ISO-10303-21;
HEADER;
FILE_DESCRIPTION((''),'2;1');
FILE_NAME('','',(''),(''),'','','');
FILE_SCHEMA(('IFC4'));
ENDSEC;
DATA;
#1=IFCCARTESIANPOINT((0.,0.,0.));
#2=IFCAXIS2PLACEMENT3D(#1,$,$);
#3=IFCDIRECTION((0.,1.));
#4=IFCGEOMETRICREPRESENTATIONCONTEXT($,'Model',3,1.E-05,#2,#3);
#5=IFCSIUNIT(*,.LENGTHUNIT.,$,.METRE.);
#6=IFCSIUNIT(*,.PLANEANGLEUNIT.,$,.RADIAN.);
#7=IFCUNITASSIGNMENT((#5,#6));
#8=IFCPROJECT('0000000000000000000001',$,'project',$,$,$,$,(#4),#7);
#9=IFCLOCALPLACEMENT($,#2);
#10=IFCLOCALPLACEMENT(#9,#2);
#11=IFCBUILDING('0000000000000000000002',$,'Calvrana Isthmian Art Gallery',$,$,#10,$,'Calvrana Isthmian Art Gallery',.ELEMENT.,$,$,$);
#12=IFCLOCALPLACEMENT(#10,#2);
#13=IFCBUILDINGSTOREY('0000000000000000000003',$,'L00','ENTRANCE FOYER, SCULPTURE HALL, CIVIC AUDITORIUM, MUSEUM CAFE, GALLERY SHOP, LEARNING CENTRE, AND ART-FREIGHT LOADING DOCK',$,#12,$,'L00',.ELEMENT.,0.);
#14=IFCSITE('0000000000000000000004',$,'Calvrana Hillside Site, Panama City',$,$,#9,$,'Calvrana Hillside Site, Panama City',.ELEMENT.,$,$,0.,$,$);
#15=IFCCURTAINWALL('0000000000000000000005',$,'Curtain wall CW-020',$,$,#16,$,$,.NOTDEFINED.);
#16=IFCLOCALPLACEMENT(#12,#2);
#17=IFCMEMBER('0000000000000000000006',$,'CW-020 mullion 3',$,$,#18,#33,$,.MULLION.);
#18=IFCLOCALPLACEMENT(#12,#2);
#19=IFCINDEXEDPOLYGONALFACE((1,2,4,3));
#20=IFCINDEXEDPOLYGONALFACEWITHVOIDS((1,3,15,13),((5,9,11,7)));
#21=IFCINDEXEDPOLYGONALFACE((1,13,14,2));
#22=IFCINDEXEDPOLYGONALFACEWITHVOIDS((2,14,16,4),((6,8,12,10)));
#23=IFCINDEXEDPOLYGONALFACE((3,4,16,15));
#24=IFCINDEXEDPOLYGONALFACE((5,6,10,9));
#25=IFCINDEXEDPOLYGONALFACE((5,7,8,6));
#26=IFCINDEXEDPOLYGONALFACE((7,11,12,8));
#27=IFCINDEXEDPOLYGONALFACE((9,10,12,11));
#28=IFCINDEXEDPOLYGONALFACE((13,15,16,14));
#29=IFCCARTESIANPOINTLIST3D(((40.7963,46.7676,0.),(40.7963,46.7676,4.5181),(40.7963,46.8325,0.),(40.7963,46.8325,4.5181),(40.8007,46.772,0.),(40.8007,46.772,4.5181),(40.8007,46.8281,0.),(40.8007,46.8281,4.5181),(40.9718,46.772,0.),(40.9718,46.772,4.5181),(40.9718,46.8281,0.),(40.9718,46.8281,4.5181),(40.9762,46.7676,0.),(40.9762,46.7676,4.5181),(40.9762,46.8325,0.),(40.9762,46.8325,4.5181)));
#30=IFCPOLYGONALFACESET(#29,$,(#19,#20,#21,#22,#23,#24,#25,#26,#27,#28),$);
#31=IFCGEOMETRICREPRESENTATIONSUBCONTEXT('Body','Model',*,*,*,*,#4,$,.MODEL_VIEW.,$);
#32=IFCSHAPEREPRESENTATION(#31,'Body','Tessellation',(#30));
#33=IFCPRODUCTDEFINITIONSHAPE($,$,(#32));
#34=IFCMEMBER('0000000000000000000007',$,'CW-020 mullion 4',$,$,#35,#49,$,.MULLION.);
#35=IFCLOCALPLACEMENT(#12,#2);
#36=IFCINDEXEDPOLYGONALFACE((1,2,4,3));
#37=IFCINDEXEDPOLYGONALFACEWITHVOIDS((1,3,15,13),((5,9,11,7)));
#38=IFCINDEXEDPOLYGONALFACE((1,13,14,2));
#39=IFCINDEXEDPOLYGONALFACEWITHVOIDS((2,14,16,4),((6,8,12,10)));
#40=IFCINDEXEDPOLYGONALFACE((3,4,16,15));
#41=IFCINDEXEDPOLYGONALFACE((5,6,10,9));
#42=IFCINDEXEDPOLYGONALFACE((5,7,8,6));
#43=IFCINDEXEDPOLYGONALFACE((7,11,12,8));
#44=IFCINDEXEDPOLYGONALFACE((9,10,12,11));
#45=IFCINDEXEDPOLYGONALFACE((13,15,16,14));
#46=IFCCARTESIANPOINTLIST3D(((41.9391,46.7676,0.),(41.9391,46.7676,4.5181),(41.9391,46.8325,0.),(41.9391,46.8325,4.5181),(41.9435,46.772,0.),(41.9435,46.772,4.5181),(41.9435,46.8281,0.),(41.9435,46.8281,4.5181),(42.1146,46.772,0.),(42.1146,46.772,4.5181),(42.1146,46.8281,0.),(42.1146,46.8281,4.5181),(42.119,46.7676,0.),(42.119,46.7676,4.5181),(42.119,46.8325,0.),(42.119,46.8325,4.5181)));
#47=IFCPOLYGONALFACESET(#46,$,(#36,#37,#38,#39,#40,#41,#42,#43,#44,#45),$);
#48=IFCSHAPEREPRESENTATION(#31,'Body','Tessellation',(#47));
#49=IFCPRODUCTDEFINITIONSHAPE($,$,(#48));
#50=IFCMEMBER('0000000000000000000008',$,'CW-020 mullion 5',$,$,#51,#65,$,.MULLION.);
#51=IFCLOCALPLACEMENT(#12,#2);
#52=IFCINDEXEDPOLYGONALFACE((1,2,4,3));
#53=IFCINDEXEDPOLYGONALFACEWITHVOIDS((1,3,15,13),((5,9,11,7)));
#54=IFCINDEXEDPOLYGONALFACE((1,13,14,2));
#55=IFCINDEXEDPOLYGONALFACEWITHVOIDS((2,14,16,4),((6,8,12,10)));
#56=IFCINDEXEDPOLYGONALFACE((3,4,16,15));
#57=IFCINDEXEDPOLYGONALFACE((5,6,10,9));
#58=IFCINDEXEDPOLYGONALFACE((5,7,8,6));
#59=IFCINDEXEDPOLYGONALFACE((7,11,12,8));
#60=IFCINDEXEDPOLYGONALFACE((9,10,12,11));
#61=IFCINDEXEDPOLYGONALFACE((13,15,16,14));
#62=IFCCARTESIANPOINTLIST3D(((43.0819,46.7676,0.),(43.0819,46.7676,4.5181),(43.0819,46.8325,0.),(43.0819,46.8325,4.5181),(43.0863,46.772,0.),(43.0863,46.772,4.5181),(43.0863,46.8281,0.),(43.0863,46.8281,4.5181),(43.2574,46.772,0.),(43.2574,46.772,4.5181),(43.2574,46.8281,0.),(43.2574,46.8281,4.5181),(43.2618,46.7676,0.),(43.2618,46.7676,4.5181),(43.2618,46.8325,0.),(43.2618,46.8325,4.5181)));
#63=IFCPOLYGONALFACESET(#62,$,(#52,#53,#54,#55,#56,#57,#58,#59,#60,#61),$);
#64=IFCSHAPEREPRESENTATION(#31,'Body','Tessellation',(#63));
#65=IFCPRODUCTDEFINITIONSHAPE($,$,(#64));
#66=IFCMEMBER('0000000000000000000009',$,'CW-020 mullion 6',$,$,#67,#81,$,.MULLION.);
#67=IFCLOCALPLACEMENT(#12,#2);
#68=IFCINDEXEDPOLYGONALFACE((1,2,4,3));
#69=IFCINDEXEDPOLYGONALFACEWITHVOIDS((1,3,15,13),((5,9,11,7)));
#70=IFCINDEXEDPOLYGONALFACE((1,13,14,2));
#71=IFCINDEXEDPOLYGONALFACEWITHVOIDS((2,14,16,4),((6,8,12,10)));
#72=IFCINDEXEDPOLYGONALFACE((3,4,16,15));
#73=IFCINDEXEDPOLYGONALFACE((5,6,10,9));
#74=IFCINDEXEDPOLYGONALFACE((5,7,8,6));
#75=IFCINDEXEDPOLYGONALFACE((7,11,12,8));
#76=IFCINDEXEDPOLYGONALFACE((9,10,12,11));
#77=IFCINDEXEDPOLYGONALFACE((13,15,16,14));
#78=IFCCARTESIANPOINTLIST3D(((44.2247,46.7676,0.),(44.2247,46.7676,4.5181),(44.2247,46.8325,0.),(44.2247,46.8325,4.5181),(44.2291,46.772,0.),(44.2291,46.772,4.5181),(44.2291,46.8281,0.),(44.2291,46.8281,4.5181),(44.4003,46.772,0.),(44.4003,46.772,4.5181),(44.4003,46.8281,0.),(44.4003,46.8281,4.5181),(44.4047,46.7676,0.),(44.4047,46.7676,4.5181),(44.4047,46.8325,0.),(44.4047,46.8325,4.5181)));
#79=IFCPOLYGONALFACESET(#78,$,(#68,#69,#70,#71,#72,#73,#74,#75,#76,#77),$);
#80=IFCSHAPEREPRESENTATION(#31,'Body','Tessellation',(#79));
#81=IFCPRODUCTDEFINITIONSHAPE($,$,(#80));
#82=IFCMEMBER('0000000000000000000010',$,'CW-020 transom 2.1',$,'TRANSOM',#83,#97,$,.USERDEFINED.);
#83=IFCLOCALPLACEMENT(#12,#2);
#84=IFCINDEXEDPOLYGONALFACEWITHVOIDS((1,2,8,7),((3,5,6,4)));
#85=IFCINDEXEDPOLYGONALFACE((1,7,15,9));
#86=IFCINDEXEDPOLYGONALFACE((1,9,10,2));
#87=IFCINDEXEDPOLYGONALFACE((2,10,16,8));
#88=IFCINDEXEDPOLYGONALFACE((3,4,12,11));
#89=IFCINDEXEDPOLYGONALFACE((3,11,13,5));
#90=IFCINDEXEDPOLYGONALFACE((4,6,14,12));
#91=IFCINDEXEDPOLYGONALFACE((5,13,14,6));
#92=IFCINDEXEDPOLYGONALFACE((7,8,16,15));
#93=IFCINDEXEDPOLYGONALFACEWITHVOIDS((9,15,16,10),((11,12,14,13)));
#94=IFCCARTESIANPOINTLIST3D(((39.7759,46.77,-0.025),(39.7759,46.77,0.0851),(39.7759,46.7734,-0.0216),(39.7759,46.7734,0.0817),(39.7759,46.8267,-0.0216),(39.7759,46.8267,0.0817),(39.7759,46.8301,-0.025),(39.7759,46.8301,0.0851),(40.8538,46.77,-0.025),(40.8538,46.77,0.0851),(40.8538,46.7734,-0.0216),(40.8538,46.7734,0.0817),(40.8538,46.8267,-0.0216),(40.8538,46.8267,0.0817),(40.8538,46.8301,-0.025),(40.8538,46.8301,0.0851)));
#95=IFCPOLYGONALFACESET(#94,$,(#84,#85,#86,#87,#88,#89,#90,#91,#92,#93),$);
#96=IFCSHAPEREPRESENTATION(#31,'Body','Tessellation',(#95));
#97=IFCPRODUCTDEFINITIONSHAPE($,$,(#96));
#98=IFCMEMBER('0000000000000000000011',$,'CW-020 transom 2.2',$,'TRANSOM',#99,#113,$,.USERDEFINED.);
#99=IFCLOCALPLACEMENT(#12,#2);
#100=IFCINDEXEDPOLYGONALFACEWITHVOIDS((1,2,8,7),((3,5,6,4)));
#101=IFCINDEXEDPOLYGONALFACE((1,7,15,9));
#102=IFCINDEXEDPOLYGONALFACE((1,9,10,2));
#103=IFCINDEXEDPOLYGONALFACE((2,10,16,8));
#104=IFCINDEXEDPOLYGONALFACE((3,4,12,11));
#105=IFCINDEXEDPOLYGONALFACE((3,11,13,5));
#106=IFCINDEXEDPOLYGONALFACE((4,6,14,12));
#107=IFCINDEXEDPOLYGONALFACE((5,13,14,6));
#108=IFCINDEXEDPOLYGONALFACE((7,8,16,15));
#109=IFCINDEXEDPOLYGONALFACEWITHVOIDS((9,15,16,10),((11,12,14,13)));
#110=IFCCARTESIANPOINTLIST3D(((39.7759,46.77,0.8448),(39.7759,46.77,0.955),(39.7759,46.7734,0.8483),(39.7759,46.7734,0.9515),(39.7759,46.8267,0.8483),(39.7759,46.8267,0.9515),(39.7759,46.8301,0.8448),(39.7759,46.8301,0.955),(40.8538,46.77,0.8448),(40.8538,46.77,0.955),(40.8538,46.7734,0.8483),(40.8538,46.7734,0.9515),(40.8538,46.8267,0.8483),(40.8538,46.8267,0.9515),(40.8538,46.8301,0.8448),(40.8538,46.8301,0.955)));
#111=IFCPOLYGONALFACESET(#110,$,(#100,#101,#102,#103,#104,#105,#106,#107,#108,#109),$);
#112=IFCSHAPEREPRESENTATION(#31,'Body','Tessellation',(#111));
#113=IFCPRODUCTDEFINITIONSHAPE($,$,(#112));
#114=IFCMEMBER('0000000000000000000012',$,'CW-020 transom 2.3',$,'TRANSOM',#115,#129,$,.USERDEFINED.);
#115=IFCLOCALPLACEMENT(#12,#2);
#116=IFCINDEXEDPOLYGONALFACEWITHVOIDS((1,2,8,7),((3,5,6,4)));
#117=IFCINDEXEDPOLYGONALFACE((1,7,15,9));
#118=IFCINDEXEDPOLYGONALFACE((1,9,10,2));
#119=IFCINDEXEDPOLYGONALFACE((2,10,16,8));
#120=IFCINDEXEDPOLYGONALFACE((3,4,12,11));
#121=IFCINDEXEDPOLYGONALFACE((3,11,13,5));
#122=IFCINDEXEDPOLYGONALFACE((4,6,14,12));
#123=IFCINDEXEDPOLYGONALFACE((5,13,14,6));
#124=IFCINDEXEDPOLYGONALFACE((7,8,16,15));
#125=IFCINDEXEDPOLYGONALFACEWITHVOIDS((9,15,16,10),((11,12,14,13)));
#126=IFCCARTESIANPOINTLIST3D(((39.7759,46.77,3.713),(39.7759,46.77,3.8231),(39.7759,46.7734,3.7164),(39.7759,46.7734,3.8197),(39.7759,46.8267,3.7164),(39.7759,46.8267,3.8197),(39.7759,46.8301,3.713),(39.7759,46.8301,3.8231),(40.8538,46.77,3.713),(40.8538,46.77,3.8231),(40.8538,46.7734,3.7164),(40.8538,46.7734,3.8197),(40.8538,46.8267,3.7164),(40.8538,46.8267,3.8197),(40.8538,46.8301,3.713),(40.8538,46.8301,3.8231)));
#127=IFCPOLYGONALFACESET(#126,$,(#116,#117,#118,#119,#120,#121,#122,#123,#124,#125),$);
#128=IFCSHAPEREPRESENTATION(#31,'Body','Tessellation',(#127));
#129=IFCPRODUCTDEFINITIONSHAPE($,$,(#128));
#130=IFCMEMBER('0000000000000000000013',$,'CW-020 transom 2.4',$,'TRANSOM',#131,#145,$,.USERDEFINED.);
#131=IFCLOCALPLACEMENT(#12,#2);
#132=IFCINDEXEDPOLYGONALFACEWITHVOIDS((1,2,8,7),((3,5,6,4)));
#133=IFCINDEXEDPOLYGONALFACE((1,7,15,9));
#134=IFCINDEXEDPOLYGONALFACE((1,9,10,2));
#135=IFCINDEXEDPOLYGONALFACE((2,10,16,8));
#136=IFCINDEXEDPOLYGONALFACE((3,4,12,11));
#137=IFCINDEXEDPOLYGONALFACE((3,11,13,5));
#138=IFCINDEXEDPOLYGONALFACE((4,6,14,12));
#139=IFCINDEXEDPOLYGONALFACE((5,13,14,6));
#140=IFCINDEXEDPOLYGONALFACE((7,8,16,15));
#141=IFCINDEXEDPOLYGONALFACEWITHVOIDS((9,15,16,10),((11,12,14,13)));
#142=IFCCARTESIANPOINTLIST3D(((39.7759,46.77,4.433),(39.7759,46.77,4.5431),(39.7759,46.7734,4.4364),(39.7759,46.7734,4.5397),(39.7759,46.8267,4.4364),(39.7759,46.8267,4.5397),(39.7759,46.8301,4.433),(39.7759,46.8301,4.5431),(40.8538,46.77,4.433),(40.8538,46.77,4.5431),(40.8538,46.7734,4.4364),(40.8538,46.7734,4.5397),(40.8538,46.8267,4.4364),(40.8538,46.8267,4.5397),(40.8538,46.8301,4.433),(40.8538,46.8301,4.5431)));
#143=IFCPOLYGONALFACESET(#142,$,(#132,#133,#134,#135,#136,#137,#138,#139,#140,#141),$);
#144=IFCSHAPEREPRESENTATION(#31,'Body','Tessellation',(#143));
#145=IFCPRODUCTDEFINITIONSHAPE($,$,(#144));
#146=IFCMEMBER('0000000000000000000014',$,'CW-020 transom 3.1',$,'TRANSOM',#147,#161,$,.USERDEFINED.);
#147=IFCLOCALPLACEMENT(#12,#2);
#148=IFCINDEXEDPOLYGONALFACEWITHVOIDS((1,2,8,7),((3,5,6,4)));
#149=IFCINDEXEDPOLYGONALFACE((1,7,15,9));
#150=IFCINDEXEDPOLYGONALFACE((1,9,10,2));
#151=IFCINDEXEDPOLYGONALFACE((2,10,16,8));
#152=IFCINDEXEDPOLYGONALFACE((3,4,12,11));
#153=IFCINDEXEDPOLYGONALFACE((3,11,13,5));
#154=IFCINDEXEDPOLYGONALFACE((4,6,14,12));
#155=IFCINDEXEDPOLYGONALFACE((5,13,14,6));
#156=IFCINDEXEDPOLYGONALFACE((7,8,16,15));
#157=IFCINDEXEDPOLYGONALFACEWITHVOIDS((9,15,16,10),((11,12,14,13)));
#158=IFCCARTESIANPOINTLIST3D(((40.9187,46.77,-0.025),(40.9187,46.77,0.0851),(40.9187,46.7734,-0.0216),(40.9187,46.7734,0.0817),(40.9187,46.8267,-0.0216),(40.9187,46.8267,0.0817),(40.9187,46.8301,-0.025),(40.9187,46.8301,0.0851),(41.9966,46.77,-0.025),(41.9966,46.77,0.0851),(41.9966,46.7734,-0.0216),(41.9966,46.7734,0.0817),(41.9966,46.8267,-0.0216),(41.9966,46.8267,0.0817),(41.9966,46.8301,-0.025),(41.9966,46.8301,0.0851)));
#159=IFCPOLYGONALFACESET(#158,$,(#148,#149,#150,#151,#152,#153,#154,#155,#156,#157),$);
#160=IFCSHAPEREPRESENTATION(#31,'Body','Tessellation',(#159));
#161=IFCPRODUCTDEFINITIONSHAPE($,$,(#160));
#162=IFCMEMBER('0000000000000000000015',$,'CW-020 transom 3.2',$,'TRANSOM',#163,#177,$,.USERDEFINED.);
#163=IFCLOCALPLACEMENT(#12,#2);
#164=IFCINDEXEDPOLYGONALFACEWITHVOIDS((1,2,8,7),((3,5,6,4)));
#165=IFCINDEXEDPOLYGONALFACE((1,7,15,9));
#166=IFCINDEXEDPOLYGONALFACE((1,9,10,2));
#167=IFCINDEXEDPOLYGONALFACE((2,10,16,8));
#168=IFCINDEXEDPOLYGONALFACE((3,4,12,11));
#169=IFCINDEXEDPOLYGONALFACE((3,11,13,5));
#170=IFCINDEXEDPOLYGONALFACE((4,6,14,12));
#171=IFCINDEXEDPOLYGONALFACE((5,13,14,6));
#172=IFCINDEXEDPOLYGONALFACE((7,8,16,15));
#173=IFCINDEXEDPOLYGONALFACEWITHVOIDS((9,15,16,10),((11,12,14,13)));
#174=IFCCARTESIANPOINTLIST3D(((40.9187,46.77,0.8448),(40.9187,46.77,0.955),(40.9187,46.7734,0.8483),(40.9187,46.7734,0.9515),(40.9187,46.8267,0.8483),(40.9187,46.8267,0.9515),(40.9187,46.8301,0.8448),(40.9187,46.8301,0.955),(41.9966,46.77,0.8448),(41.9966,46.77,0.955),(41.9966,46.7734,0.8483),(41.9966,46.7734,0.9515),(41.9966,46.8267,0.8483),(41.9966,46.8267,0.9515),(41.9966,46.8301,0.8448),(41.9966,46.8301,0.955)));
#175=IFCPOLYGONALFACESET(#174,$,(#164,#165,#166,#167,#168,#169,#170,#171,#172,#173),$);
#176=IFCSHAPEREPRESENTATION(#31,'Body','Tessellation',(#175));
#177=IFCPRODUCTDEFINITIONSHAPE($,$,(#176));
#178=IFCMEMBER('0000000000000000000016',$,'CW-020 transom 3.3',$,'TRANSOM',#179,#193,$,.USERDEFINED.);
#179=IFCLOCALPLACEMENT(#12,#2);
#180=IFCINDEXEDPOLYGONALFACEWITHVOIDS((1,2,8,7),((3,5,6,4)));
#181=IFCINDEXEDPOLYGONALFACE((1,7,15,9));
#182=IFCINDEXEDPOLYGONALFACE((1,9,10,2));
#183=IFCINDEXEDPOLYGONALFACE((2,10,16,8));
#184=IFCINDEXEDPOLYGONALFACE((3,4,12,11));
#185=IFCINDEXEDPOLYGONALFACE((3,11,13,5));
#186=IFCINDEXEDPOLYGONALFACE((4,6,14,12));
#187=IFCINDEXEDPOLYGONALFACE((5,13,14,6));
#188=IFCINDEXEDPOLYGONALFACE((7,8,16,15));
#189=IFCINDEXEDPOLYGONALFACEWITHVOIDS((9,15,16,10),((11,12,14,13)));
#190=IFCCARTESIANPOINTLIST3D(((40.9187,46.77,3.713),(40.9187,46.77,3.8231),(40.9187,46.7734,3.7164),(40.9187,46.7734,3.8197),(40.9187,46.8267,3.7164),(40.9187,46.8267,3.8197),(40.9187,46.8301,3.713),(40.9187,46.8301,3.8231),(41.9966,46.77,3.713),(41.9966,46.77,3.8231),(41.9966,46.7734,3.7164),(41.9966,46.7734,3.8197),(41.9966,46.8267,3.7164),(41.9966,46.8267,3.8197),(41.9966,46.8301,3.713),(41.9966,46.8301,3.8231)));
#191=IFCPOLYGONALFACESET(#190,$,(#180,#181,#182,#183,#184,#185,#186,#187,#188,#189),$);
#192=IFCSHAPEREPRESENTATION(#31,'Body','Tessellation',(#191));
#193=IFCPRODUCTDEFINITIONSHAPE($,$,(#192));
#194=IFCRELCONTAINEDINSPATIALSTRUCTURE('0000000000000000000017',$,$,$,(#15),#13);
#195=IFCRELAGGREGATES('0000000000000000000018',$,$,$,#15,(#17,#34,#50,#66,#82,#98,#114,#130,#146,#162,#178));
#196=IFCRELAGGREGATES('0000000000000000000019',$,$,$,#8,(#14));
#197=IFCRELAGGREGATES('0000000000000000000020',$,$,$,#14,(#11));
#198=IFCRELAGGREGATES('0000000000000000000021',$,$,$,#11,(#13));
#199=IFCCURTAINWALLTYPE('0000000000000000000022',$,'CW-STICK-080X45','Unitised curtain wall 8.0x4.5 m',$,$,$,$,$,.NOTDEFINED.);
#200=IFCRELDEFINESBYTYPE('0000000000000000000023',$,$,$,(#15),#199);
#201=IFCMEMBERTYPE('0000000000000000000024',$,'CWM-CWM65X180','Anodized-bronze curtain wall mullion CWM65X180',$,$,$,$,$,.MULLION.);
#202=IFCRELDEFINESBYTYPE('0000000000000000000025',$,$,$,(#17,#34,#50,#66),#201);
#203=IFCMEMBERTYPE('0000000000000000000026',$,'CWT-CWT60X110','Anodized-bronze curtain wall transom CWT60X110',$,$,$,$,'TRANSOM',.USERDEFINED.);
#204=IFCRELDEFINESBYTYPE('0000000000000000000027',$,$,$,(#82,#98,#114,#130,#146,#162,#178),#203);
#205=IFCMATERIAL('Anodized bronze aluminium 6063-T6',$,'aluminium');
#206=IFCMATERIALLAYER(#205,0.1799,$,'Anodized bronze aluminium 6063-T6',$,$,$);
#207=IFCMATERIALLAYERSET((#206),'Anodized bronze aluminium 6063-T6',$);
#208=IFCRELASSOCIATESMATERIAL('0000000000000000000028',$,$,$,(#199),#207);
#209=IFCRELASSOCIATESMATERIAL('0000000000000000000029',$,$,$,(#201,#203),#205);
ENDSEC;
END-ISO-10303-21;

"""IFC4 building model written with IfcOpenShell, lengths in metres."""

from ifc_helpers import new_model, si_unit, direction, frame, origin, origin_2d, place, context, subcontext, project, spatial, hollow_rectangle, extrude, material, layer, layer_set, material_profile, profile_set, type_object, element, aggregate, save


model = new_model("IFC4")

# Units and contexts
model_context = context("Model", 3, precision=1e-05, world=origin(), true_north=direction((0.0, 1.0)))
body_context = subcontext(model_context, "Body", "Model", "MODEL_VIEW")
ifc_project = project(units=[si_unit("LENGTHUNIT", "METRE"), si_unit("PLANEANGLEUNIT", "RADIAN")], contexts=[model_context])

# Site, building, storey
site_placement = place(None, origin())
site = spatial("IfcSite", under=ifc_project, at=site_placement, Name="Calvrana Hillside Site, Panama City", LongName="Calvrana Hillside Site, Panama City", CompositionType="ELEMENT", RefElevation=0.0)
building_placement = place(site_placement, origin())
building = spatial("IfcBuilding", under=site, at=building_placement, Name="Calvrana Isthmian Art Gallery", LongName="Calvrana Isthmian Art Gallery", CompositionType="ELEMENT")
storey_placement = place(building_placement, origin())
storey = spatial("IfcBuildingStorey", under=building, at=storey_placement, Name="L00", Description="ENTRANCE FOYER, SCULPTURE HALL, CIVIC AUDITORIUM, MUSEUM CAFE, GALLERY SHOP, LEARNING CENTRE, AND ART-FREIGHT LOADING DOCK", LongName="L00", CompositionType="ELEMENT", Elevation=0.0)

# Curtain wall, members
ifc_material_1 = material(Name="Anodized bronze aluminium 6063-T6", Category="aluminium")
ifc_layer_1 = layer(ifc_material_1, 0.1799, Name="Anodized bronze aluminium 6063-T6")
ifc_layer_set_1 = layer_set([ifc_layer_1], Name="Anodized bronze aluminium 6063-T6")
curtain_wall_type = type_object("IfcCurtainWallType", Name="CW-STICK-080X45", Description="Unitised curtain wall 8.0x4.5 m", PredefinedType="NOTDEFINED", material=ifc_layer_set_1)
curtain_wall_placement = place(storey_placement, origin())
curtain_wall = element("IfcCurtainWall", 1, at=curtain_wall_placement, inside=storey, type_object=curtain_wall_type, Name="Curtain wall CW-020", PredefinedType="NOTDEFINED")
ifc_material_profile_1 = material_profile(ifc_material_1, hollow_rectangle(XDim=0.0649, YDim=0.1799, WallThickness=0.0044, at=origin_2d()), Name="CWM65X180")
ifc_profile_set_1 = profile_set([ifc_material_profile_1], Name="Anodized bronze aluminium 6063-T6")
member_type_1 = type_object("IfcMemberType", Name="CWM-CWM65X180", Description="Anodized-bronze curtain wall mullion CWM65X180", PredefinedType="MULLION", material=ifc_profile_set_1)
member_1_placement = place(storey_placement, frame((40.8862, 46.8, 0.0), z_axis=(0.0, 0.0, 1.0), x_axis=(0.0, 1.0, 0.0)))
member_1 = element("IfcMember", 2, at=member_1_placement, type_object=member_type_1, Name="CW-020 mullion 3", PredefinedType="MULLION", context=body_context, shape_type="SweptSolid", body=[
    extrude(hollow_rectangle(XDim=0.0649, YDim=0.1799, WallThickness=0.0044, at=origin_2d()), origin(), (0.0, 0.0, 1.0), 4.5181),
])
member_2_placement = place(storey_placement, frame((42.0291, 46.8, 0.0), z_axis=(0.0, 0.0, 1.0), x_axis=(0.0, 1.0, 0.0)))
member_2 = element("IfcMember", 3, at=member_2_placement, type_object=member_type_1, Name="CW-020 mullion 4", PredefinedType="MULLION", context=body_context, shape_type="SweptSolid", body=[
    extrude(hollow_rectangle(XDim=0.0649, YDim=0.1799, WallThickness=0.0044, at=origin_2d()), origin(), (0.0, 0.0, 1.0), 4.5181),
])
member_3_placement = place(storey_placement, frame((43.1719, 46.8, 0.0), z_axis=(0.0, 0.0, 1.0), x_axis=(0.0, 1.0, 0.0)))
member_3 = element("IfcMember", 4, at=member_3_placement, type_object=member_type_1, Name="CW-020 mullion 5", PredefinedType="MULLION", context=body_context, shape_type="SweptSolid", body=[
    extrude(hollow_rectangle(XDim=0.0649, YDim=0.1799, WallThickness=0.0044, at=origin_2d()), origin(), (0.0, 0.0, 1.0), 4.5181),
])
member_4_placement = place(storey_placement, frame((44.3147, 46.8, 0.0), z_axis=(0.0, 0.0, 1.0), x_axis=(0.0, 1.0, 0.0)))
member_4 = element("IfcMember", 5, at=member_4_placement, type_object=member_type_1, Name="CW-020 mullion 6", PredefinedType="MULLION", context=body_context, shape_type="SweptSolid", body=[
    extrude(hollow_rectangle(XDim=0.0649, YDim=0.1799, WallThickness=0.0044, at=origin_2d()), origin(), (0.0, 0.0, 1.0), 4.5181),
])
ifc_material_profile_2 = material_profile(ifc_material_1, hollow_rectangle(XDim=0.0601, YDim=0.1101, WallThickness=0.0034, at=origin_2d()), Name="CWT60X110")
ifc_profile_set_2 = profile_set([ifc_material_profile_2], Name="Anodized bronze aluminium 6063-T6")
member_type_2 = type_object("IfcMemberType", Name="CWT-CWT60X110", Description="Anodized-bronze curtain wall transom CWT60X110", ElementType="TRANSOM", PredefinedType="USERDEFINED", material=ifc_profile_set_2)
member_5_placement = place(storey_placement, frame((39.7759, 46.8, 0.03), z_axis=(1.0, 0.0, 0.0), x_axis=(0.0, 1.0, 0.0)))
member_5 = element("IfcMember", 6, at=member_5_placement, type_object=member_type_2, Name="CW-020 transom 2.1", ObjectType="TRANSOM", PredefinedType="USERDEFINED", context=body_context, shape_type="SweptSolid", body=[
    extrude(hollow_rectangle(XDim=0.0601, YDim=0.1101, WallThickness=0.0034, at=origin_2d()), origin(), (0.0, 0.0, 1.0), 1.0779),
])
member_6_placement = place(storey_placement, frame((39.7759, 46.8, 0.8999), z_axis=(1.0, 0.0, 0.0), x_axis=(0.0, 1.0, 0.0)))
member_6 = element("IfcMember", 7, at=member_6_placement, type_object=member_type_2, Name="CW-020 transom 2.2", ObjectType="TRANSOM", PredefinedType="USERDEFINED", context=body_context, shape_type="SweptSolid", body=[
    extrude(hollow_rectangle(XDim=0.0601, YDim=0.1101, WallThickness=0.0034, at=origin_2d()), origin(), (0.0, 0.0, 1.0), 1.0779),
])
member_7_placement = place(storey_placement, frame((39.7759, 46.8, 3.7681), z_axis=(1.0, 0.0, 0.0), x_axis=(0.0, 1.0, 0.0)))
member_7 = element("IfcMember", 8, at=member_7_placement, type_object=member_type_2, Name="CW-020 transom 2.3", ObjectType="TRANSOM", PredefinedType="USERDEFINED", context=body_context, shape_type="SweptSolid", body=[
    extrude(hollow_rectangle(XDim=0.0601, YDim=0.1101, WallThickness=0.0034, at=origin_2d()), origin(), (0.0, 0.0, 1.0), 1.0779),
])
member_8_placement = place(storey_placement, frame((39.7759, 46.8, 4.488), z_axis=(1.0, 0.0, 0.0), x_axis=(0.0, 1.0, 0.0)))
member_8 = element("IfcMember", 9, at=member_8_placement, type_object=member_type_2, Name="CW-020 transom 2.4", ObjectType="TRANSOM", PredefinedType="USERDEFINED", context=body_context, shape_type="SweptSolid", body=[
    extrude(hollow_rectangle(XDim=0.0601, YDim=0.1101, WallThickness=0.0034, at=origin_2d()), origin(), (0.0, 0.0, 1.0), 1.0779),
])
member_9_placement = place(storey_placement, frame((40.9187, 46.8, 0.03), z_axis=(1.0, 0.0, 0.0), x_axis=(0.0, 1.0, 0.0)))
member_9 = element("IfcMember", 10, at=member_9_placement, type_object=member_type_2, Name="CW-020 transom 3.1", ObjectType="TRANSOM", PredefinedType="USERDEFINED", context=body_context, shape_type="SweptSolid", body=[
    extrude(hollow_rectangle(XDim=0.0601, YDim=0.1101, WallThickness=0.0034, at=origin_2d()), origin(), (0.0, 0.0, 1.0), 1.0779),
])
member_10_placement = place(storey_placement, frame((40.9187, 46.8, 0.8999), z_axis=(1.0, 0.0, 0.0), x_axis=(0.0, 1.0, 0.0)))
member_10 = element("IfcMember", 11, at=member_10_placement, type_object=member_type_2, Name="CW-020 transom 3.2", ObjectType="TRANSOM", PredefinedType="USERDEFINED", context=body_context, shape_type="SweptSolid", body=[
    extrude(hollow_rectangle(XDim=0.0601, YDim=0.1101, WallThickness=0.0034, at=origin_2d()), origin(), (0.0, 0.0, 1.0), 1.0779),
])
member_11_placement = place(storey_placement, frame((40.9187, 46.8, 3.7681), z_axis=(1.0, 0.0, 0.0), x_axis=(0.0, 1.0, 0.0)))
member_11 = element("IfcMember", 12, at=member_11_placement, type_object=member_type_2, Name="CW-020 transom 3.3", ObjectType="TRANSOM", PredefinedType="USERDEFINED", context=body_context, shape_type="SweptSolid", body=[
    extrude(hollow_rectangle(XDim=0.0601, YDim=0.1101, WallThickness=0.0034, at=origin_2d()), origin(), (0.0, 0.0, 1.0), 1.0779),
])
aggregate(curtain_wall, [member_1, member_2, member_3, member_4, member_5, member_6, member_7, member_8, member_9, member_10, member_11])

save(model, "model.ifc")
